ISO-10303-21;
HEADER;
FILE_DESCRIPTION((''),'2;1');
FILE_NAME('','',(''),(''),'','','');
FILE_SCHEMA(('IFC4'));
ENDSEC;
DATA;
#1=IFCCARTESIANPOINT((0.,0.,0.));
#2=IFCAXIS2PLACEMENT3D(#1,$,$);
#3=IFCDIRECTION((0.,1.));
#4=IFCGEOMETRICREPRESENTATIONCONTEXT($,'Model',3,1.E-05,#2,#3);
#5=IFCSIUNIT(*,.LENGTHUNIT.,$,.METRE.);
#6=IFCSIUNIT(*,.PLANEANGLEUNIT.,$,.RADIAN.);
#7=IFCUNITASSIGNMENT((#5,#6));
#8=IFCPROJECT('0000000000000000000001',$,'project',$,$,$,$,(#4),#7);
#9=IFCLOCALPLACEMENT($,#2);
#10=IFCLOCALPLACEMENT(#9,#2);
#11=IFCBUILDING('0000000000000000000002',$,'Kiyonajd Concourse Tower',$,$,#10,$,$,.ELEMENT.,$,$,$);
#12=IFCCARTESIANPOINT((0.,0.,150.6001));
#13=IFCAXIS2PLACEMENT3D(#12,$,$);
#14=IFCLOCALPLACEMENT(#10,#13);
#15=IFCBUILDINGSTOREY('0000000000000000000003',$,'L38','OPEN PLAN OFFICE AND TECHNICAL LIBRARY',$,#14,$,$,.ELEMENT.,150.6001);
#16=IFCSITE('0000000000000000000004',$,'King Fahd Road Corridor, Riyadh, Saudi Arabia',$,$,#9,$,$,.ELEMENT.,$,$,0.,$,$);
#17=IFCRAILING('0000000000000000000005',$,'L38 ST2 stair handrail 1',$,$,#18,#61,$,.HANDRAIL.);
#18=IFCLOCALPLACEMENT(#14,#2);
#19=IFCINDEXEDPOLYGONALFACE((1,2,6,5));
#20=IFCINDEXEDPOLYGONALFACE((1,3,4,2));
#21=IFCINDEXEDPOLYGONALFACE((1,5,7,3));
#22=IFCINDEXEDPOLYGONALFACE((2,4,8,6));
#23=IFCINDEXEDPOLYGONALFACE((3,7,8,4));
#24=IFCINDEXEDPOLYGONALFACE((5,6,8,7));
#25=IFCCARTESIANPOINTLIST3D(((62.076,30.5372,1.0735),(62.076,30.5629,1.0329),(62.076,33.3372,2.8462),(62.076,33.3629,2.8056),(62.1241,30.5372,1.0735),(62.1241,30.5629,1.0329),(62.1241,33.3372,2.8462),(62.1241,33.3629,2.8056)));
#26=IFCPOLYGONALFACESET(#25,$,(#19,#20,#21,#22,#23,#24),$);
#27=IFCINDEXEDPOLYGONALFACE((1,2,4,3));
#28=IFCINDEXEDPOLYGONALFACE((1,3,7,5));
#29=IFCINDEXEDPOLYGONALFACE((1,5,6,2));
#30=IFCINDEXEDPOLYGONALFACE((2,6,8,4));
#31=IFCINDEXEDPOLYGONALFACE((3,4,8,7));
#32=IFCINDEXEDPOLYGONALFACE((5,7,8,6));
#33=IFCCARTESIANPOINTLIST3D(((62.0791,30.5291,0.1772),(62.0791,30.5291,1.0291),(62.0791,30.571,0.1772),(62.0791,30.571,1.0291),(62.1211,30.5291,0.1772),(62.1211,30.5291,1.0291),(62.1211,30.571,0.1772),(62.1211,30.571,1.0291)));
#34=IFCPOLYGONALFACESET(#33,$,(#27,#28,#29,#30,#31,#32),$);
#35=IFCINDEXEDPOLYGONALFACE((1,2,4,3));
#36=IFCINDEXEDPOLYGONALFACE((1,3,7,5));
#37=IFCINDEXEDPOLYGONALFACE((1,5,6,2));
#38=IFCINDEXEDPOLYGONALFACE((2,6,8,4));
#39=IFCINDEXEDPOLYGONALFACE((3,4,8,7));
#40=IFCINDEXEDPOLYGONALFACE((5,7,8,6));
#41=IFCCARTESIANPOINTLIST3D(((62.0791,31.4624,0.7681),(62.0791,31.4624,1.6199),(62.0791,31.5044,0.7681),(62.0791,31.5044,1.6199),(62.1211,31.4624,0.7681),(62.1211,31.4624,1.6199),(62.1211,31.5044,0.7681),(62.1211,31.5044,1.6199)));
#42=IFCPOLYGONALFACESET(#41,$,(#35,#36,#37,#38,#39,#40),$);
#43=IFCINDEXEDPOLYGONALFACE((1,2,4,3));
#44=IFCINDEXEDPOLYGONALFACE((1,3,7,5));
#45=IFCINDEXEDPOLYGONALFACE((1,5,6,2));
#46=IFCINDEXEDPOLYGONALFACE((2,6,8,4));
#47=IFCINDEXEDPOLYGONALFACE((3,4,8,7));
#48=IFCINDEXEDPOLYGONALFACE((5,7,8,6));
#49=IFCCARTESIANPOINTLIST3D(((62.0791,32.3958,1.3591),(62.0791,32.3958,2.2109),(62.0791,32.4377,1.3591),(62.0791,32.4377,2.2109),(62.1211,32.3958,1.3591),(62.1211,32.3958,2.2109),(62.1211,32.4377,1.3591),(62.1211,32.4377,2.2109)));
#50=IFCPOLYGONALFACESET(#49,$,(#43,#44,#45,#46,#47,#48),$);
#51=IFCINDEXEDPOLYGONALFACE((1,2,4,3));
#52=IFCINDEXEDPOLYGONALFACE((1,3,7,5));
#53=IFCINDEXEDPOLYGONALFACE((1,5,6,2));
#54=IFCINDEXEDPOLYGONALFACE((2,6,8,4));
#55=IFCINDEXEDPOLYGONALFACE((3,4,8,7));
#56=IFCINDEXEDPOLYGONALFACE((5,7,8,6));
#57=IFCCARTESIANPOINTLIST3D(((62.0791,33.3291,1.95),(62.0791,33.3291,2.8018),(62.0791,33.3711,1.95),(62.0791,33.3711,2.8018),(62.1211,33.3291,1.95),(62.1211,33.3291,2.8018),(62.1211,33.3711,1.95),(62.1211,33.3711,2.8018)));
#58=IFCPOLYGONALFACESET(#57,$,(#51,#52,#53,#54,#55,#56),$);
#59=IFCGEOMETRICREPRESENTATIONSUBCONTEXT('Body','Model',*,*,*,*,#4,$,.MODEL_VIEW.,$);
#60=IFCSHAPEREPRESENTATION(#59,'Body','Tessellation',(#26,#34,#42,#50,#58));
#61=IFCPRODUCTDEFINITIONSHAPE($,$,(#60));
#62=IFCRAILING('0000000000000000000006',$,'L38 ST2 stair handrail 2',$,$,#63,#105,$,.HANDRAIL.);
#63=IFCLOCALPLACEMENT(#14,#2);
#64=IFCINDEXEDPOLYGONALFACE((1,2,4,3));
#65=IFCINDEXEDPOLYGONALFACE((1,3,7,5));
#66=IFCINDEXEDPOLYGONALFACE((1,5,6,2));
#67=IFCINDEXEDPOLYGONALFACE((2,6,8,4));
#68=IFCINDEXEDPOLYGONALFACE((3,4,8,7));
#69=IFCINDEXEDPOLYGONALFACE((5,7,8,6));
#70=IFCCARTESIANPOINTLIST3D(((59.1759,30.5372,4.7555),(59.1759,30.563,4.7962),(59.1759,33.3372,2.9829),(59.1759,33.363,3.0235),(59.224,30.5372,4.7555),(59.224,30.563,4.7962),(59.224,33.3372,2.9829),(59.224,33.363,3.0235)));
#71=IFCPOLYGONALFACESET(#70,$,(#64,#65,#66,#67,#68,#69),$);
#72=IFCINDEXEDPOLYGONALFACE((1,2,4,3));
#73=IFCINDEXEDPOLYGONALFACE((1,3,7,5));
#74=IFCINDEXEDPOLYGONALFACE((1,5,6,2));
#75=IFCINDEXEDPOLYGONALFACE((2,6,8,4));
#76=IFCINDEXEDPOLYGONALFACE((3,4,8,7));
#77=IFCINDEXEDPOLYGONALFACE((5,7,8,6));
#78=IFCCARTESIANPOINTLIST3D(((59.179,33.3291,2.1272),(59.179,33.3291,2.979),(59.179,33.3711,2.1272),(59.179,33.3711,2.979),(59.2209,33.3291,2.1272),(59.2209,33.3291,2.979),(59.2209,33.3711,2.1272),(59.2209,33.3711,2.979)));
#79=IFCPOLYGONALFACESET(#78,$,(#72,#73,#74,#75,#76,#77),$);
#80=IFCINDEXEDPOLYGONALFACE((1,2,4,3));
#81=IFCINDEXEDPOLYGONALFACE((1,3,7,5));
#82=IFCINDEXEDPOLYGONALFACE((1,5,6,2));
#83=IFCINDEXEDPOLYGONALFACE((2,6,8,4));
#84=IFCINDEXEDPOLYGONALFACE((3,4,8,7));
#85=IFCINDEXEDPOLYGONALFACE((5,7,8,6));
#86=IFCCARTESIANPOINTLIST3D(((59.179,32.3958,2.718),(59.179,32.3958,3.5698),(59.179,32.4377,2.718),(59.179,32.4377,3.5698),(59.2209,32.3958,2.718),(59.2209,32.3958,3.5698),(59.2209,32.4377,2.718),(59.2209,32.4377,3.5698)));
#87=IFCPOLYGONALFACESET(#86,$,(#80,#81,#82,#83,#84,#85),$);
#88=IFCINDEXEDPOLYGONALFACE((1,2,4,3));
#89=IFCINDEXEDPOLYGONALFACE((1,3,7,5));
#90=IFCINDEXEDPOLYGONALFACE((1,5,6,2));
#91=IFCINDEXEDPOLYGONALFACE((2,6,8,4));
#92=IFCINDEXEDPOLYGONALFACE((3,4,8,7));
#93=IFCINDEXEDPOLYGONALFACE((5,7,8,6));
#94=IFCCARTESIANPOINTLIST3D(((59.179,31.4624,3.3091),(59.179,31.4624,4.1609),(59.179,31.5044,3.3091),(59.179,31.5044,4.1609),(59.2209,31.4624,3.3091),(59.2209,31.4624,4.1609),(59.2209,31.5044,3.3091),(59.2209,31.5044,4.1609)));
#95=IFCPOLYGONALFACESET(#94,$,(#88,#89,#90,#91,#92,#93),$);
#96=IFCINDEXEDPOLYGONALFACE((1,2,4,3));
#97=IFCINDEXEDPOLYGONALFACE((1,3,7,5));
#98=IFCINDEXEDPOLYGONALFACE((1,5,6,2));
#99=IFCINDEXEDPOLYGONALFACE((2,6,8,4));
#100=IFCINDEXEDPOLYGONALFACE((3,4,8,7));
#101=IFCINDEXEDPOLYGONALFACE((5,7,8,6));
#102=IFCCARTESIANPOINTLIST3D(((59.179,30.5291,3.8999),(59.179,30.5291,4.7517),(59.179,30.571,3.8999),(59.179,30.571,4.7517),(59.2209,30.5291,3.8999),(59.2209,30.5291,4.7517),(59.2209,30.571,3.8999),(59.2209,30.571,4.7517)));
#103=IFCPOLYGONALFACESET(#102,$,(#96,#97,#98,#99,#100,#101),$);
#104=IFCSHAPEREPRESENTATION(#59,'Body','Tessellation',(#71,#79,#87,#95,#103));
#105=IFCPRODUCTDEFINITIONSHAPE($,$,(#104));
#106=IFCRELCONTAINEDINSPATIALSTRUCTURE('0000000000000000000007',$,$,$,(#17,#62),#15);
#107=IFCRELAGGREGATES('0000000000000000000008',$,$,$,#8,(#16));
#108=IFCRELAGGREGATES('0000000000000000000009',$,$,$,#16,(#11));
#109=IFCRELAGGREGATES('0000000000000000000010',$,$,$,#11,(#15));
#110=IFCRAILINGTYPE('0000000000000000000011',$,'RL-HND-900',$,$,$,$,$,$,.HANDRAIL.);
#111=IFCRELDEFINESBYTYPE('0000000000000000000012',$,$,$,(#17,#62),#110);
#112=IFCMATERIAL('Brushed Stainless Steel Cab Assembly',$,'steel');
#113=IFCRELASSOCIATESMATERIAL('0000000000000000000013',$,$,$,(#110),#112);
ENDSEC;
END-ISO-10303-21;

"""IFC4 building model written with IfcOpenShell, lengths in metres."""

from ifc_helpers import new_model, si_unit, direction, frame, origin, origin_2d, place, context, subcontext, project, spatial, rectangle, extrude, material, type_object, element, save


model = new_model("IFC4")

# Units and contexts
model_context = context("Model", 3, precision=1e-05, world=origin(), true_north=direction((0.0, 1.0)))
body_context = subcontext(model_context, "Body", "Model", "MODEL_VIEW")
ifc_project = project(units=[si_unit("LENGTHUNIT", "METRE"), si_unit("PLANEANGLEUNIT", "RADIAN")], contexts=[model_context])

# Site, building, storey
site_placement = place(None, origin())
site = spatial("IfcSite", under=ifc_project, at=site_placement, Name="King Fahd Road Corridor, Riyadh, Saudi Arabia", CompositionType="ELEMENT", RefElevation=0.0)
building_placement = place(site_placement, origin())
building = spatial("IfcBuilding", under=site, at=building_placement, Name="Kiyonajd Concourse Tower", CompositionType="ELEMENT")
storey_placement = place(building_placement, frame((0.0, 0.0, 150.6001)))
storey = spatial("IfcBuildingStorey", under=building, at=storey_placement, Name="L38", Description="OPEN PLAN OFFICE AND TECHNICAL LIBRARY", CompositionType="ELEMENT", Elevation=150.6001)

# Railings
ifc_material_1 = material(Name="Brushed Stainless Steel Cab Assembly", Category="steel")
railing_type_1 = type_object("IfcRailingType", Name="RL-HND-900", PredefinedType="HANDRAIL", material=ifc_material_1)
railing_1_placement = place(storey_placement, frame((62.1001, 30.55, 0.1772)))
element("IfcRailing", 1, at=railing_1_placement, inside=storey, type_object=railing_type_1, Name="L38 ST2 stair handrail 1", PredefinedType="HANDRAIL", context=body_context, shape_type="SweptSolid", body=[
    extrude(rectangle(XDim=0.0481, YDim=0.0481, at=origin_2d()), frame((0.0, 0.0, 0.876), z_axis=(0.0, 0.844909, 0.53491), x_axis=(-1.0, 0.0, 0.0)), (0.0, 0.0, 1.0), 3.314),
    extrude(rectangle(XDim=0.042, YDim=0.042, at=origin_2d()), origin(), (0.0, 0.0, 1.0), 0.8518),
    extrude(rectangle(XDim=0.042, YDim=0.042, at=origin_2d()), frame((0.0, 0.9333, 0.5908)), (0.0, 0.0, 1.0), 0.8518),
    extrude(rectangle(XDim=0.042, YDim=0.042, at=origin_2d()), frame((0.0, 1.8667, 1.1819)), (0.0, 0.0, 1.0), 0.8518),
    extrude(rectangle(XDim=0.042, YDim=0.042, at=origin_2d()), frame((0.0, 2.8, 1.7727)), (0.0, 0.0, 1.0), 0.8518),
])
railing_2_placement = place(storey_placement, frame((59.2, 33.3501, 2.1272)))
element("IfcRailing", 2, at=railing_2_placement, inside=storey, type_object=railing_type_1, Name="L38 ST2 stair handrail 2", PredefinedType="HANDRAIL", context=body_context, shape_type="SweptSolid", body=[
    extrude(rectangle(XDim=0.0481, YDim=0.0481, at=origin_2d()), frame((0.0, 0.0, 0.876), z_axis=(0.0, -0.844909, 0.53491), x_axis=(1.0, 0.0, 0.0)), (0.0, 0.0, 1.0), 3.314),
    extrude(rectangle(XDim=0.042, YDim=0.042, at=origin_2d()), origin(), (0.0, 0.0, 1.0), 0.8518),
    extrude(rectangle(XDim=0.042, YDim=0.042, at=origin_2d()), frame((0.0, -0.9333, 0.5908)), (0.0, 0.0, 1.0), 0.8518),
    extrude(rectangle(XDim=0.042, YDim=0.042, at=origin_2d()), frame((0.0, -1.8667, 1.1819)), (0.0, 0.0, 1.0), 0.8518),
    extrude(rectangle(XDim=0.042, YDim=0.042, at=origin_2d()), frame((0.0, -2.8, 1.7727)), (0.0, 0.0, 1.0), 0.8518),
])

save(model, "model.ifc")
